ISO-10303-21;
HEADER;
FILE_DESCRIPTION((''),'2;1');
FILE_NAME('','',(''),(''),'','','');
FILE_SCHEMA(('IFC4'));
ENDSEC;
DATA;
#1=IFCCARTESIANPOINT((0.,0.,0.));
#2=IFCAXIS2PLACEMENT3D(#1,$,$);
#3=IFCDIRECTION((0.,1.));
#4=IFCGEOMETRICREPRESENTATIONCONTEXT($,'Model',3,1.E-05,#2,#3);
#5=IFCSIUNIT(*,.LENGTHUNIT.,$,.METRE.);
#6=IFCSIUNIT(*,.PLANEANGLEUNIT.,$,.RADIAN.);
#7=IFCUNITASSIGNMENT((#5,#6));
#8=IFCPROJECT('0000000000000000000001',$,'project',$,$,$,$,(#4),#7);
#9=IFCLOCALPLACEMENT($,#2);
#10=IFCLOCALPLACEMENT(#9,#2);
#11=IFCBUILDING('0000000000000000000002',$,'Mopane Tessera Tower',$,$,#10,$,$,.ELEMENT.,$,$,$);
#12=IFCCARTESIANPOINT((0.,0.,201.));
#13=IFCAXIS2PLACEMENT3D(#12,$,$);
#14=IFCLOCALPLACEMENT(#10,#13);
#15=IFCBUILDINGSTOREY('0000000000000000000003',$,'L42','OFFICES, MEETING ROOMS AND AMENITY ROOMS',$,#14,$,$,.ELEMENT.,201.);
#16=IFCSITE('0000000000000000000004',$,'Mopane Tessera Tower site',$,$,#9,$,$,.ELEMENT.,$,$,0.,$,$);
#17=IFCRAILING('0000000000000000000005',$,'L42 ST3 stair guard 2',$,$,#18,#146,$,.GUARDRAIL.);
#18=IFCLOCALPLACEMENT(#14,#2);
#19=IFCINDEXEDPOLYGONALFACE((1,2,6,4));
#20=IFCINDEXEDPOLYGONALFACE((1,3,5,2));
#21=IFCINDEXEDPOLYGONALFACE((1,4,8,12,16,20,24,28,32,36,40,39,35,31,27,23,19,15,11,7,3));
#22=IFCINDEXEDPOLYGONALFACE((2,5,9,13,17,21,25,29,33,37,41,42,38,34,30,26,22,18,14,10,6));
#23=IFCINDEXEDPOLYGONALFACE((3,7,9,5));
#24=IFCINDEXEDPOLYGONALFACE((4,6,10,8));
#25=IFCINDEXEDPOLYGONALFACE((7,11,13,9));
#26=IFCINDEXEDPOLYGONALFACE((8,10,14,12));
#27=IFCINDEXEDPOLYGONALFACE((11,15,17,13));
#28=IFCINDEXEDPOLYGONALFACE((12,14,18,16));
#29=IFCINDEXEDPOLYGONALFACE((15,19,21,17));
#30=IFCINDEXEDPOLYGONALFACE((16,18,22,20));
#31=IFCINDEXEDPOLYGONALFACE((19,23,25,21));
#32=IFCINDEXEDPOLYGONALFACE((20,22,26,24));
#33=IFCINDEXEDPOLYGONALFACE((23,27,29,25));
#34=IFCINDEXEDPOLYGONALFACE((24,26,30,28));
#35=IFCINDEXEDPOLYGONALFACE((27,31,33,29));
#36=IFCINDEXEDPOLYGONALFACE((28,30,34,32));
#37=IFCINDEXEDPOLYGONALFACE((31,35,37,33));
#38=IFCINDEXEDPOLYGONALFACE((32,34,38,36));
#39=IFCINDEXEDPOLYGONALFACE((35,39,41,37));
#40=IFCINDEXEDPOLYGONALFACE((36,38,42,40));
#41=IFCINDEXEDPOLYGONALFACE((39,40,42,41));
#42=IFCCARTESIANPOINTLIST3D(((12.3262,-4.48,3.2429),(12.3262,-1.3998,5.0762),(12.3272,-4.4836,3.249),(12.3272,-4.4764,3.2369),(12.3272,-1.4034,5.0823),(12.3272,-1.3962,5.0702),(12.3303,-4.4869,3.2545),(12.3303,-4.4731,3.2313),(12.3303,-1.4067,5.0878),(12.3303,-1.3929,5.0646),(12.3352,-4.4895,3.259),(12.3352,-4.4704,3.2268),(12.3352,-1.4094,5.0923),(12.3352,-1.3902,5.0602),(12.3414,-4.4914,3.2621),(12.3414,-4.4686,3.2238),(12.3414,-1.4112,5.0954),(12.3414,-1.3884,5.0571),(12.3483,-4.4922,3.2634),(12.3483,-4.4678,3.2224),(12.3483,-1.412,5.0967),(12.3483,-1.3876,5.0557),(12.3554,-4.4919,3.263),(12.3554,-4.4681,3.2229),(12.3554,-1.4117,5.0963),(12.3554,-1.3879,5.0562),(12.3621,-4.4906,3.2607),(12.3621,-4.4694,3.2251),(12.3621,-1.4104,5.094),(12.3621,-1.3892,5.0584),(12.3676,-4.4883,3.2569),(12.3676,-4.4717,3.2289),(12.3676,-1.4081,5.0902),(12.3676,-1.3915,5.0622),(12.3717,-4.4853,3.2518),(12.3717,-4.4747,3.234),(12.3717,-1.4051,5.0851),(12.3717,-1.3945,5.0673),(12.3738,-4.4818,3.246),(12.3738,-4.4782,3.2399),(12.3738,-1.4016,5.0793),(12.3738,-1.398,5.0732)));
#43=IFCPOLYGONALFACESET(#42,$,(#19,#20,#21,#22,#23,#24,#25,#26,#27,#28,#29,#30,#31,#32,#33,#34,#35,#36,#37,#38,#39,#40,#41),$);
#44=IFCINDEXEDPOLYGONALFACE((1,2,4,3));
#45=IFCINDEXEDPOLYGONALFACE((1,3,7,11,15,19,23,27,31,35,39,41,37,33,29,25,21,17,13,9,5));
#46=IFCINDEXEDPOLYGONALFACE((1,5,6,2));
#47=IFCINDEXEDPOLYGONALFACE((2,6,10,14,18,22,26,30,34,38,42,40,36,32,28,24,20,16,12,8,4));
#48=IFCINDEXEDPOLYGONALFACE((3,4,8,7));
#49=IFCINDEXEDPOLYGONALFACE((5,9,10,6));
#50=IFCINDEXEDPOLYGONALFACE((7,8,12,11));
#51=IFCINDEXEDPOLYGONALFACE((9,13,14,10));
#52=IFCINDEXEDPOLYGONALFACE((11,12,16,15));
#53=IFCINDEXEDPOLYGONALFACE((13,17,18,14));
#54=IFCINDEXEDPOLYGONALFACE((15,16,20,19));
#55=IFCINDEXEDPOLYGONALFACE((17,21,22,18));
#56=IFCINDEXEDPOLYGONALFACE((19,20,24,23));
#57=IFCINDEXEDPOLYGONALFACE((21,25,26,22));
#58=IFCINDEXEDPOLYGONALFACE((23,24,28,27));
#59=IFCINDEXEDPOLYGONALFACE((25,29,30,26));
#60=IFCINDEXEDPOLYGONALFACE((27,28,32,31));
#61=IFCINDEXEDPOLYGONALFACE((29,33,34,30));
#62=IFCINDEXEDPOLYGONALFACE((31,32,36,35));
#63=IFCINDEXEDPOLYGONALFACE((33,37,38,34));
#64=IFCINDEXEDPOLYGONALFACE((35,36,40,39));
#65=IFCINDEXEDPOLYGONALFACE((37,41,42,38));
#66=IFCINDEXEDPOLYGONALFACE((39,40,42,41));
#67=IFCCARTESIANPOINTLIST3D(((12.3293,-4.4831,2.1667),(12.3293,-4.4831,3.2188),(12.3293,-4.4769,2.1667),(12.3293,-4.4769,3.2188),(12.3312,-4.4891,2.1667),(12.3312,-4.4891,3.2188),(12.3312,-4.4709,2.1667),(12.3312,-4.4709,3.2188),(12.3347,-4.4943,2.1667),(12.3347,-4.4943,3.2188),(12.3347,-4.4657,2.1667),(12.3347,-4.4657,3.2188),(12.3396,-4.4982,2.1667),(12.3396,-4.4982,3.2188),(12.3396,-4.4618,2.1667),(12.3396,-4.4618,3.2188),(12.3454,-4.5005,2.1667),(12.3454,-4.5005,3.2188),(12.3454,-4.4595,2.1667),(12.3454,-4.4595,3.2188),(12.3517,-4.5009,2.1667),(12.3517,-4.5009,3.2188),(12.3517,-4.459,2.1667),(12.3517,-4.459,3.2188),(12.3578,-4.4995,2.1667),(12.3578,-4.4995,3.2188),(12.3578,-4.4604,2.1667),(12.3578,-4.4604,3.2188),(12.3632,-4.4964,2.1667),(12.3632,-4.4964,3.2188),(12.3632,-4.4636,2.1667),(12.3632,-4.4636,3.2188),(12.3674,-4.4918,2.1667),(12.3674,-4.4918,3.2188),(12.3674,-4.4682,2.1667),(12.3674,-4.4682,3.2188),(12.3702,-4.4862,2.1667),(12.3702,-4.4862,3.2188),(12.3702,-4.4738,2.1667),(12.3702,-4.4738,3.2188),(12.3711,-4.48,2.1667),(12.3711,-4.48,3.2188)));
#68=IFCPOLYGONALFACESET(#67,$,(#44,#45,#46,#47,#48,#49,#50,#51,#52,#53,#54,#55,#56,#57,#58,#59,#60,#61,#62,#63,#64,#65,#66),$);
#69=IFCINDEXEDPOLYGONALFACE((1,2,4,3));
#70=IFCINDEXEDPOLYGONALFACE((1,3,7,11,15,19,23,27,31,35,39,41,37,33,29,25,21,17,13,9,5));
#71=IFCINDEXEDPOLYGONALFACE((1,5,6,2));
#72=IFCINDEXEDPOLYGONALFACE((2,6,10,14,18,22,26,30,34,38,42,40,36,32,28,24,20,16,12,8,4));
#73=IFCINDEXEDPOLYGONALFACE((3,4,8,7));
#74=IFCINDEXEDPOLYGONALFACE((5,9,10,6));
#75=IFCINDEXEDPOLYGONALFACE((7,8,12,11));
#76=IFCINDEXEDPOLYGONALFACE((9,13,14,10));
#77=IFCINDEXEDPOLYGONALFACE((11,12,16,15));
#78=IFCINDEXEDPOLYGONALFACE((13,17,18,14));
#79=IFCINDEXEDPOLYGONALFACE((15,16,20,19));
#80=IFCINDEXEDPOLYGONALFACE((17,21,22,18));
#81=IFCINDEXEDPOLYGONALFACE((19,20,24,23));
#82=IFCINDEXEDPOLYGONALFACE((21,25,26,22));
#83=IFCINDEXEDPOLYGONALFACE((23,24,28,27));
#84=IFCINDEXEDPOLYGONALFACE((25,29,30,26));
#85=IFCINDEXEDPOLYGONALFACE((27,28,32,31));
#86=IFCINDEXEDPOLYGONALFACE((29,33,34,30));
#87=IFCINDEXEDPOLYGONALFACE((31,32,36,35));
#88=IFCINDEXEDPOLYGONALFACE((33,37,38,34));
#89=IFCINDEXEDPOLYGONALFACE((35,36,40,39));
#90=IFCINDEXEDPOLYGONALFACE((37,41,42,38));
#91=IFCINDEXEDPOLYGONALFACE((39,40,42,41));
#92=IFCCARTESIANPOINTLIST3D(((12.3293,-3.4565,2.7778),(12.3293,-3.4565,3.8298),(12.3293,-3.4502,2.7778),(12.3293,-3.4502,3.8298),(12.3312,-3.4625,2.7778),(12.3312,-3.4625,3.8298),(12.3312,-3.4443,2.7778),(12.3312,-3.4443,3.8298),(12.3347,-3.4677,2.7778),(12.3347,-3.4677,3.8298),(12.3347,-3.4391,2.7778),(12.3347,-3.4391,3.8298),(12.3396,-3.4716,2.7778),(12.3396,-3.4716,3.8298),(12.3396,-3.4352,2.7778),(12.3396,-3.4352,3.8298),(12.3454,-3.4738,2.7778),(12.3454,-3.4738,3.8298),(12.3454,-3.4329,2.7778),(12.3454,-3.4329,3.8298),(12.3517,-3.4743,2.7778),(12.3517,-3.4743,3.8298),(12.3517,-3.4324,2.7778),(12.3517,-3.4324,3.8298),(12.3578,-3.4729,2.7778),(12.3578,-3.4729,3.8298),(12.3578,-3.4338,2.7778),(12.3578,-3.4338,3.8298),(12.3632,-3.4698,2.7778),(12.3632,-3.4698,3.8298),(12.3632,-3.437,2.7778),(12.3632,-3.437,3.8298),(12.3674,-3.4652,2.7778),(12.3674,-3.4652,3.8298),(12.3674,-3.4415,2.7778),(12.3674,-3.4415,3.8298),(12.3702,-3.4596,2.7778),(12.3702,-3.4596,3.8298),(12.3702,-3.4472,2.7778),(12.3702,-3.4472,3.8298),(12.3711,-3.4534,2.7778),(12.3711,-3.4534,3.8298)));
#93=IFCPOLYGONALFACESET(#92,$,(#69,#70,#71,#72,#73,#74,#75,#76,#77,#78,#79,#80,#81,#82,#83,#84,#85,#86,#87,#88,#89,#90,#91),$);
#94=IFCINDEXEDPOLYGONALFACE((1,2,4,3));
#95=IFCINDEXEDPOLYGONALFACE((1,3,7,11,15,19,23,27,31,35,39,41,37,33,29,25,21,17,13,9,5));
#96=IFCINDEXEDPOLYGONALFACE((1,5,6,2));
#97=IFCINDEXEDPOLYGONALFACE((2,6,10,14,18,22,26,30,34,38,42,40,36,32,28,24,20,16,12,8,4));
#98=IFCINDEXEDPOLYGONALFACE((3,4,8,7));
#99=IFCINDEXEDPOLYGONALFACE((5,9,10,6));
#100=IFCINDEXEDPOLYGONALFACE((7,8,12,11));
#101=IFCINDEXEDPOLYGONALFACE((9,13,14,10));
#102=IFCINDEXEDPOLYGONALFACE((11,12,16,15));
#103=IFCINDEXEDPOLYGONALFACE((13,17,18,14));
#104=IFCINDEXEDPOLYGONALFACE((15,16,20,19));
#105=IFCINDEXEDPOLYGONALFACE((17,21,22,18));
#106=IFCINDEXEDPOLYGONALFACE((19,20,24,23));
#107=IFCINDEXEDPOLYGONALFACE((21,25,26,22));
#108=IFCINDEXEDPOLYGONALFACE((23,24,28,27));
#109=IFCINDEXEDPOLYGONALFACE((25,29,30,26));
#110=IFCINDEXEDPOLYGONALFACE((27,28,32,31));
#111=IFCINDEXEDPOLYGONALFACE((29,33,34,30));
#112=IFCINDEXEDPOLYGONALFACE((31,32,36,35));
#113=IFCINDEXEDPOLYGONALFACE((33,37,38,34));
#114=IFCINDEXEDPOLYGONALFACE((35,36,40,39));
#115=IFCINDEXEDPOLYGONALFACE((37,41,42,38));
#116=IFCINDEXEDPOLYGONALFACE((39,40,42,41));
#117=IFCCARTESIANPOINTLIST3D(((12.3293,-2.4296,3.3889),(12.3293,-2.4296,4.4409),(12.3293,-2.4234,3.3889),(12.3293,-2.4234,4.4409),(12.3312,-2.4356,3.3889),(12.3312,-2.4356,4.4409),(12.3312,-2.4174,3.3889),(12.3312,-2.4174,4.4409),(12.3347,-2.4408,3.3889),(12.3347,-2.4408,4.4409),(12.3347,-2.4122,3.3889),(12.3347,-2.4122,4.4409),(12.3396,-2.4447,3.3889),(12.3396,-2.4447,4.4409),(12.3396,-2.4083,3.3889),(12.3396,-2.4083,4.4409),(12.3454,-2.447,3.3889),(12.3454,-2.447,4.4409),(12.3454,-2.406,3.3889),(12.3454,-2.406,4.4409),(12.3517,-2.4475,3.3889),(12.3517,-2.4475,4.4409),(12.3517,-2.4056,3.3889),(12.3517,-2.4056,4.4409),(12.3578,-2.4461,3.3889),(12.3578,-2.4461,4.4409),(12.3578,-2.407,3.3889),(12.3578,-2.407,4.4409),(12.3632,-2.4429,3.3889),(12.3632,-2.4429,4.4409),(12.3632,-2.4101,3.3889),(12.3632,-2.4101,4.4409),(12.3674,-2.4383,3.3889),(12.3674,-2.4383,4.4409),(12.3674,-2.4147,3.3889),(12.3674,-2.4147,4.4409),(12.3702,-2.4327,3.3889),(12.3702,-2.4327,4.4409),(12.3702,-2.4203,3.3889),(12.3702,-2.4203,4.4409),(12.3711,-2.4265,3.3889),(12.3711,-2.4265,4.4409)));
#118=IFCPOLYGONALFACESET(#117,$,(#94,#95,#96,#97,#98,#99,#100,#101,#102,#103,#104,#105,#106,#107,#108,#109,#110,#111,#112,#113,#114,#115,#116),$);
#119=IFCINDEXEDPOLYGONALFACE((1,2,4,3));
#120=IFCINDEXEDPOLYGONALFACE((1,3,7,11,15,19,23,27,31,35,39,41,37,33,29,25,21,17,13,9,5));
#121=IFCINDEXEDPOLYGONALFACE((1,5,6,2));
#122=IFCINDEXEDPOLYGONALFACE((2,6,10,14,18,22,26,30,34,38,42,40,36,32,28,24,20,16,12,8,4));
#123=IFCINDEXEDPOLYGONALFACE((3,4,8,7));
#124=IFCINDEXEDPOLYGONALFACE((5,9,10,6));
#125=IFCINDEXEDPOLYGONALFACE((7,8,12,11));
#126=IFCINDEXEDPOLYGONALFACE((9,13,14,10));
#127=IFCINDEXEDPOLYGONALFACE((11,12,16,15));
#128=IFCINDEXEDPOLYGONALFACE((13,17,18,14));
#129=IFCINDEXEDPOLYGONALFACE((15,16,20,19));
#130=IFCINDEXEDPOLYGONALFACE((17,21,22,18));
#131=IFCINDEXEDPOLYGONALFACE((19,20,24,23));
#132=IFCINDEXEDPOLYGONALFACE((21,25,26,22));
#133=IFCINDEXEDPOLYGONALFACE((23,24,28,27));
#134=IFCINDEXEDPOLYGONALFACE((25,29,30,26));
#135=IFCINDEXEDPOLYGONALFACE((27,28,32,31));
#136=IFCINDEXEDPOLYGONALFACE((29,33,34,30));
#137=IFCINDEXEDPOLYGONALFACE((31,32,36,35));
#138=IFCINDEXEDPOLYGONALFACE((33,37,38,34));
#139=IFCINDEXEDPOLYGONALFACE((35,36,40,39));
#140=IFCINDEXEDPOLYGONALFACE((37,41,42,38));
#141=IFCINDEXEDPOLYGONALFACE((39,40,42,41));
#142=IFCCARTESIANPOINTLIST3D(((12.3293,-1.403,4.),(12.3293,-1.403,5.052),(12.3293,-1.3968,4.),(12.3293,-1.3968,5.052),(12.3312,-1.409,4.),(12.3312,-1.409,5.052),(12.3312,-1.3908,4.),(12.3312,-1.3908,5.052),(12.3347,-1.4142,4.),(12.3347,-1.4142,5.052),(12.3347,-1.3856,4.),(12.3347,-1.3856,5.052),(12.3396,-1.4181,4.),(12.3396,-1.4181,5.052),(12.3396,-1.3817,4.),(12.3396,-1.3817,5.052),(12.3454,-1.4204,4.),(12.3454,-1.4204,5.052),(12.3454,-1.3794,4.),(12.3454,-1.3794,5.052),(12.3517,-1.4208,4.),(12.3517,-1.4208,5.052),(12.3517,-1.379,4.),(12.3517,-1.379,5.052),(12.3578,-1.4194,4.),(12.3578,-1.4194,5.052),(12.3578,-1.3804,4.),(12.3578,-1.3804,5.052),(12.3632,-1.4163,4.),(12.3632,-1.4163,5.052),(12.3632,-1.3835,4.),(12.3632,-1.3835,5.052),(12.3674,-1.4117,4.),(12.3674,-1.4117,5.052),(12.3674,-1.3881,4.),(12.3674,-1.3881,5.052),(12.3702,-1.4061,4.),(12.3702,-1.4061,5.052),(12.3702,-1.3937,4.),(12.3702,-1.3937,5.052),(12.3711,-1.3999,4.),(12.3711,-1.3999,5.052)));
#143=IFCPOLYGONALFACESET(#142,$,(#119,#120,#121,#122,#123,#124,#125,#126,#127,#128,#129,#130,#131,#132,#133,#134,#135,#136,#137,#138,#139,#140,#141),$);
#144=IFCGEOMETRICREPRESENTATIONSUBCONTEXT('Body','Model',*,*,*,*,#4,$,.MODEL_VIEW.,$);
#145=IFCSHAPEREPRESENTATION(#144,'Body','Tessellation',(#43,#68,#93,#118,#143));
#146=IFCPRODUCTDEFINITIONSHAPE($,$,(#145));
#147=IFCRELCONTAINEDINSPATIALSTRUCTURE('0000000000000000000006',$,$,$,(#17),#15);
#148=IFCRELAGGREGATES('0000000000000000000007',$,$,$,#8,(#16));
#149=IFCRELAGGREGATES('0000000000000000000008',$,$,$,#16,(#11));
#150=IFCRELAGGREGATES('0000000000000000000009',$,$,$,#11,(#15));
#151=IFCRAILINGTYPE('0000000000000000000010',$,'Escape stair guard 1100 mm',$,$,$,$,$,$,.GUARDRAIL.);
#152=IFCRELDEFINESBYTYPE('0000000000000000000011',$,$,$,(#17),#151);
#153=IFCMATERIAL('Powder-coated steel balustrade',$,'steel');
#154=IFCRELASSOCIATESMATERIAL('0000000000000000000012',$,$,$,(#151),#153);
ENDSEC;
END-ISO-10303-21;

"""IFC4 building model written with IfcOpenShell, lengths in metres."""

from ifc_helpers import new_model, si_unit, direction, frame, origin, origin_2d, place, context, subcontext, project, spatial, circle, extrude, material, type_object, element, save


model = new_model("IFC4")

# Units and contexts
model_context = context("Model", 3, precision=1e-05, world=origin(), true_north=direction((0.0, 1.0)))
body_context = subcontext(model_context, "Body", "Model", "MODEL_VIEW")
ifc_project = project(units=[si_unit("LENGTHUNIT", "METRE"), si_unit("PLANEANGLEUNIT", "RADIAN")], contexts=[model_context])

# Site, building, storey
site_placement = place(None, origin())
site = spatial("IfcSite", under=ifc_project, at=site_placement, Name="Mopane Tessera Tower site", CompositionType="ELEMENT", RefElevation=0.0)
building_placement = place(site_placement, origin())
building = spatial("IfcBuilding", under=site, at=building_placement, Name="Mopane Tessera Tower", CompositionType="ELEMENT")
storey_placement = place(building_placement, frame((0.0, 0.0, 201.0)))
storey = spatial("IfcBuildingStorey", under=building, at=storey_placement, Name="L42", Description="OFFICES, MEETING ROOMS AND AMENITY ROOMS", CompositionType="ELEMENT", Elevation=201.0)

# Railing
ifc_material_1 = material(Name="Powder-coated steel balustrade", Category="steel")
railing_type_1 = type_object("IfcRailingType", Name="Escape stair guard 1100 mm", PredefinedType="GUARDRAIL", material=ifc_material_1)
railing_1_placement = place(storey_placement, frame((12.3501, -4.48, 2.1667)))
element("IfcRailing", 1, at=railing_1_placement, inside=storey, type_object=railing_type_1, Name="L42 ST3 stair guard 2", PredefinedType="GUARDRAIL", context=body_context, shape_type="SweptSolid", body=[
    extrude(circle(Radius=0.0239, at=origin_2d()), frame((0.0, 0.0, 1.0762), z_axis=(0.0, 0.859309, 0.511458), x_axis=(-1.0, 0.0, 0.0)), (0.0, 0.0, 1.0), 3.5845),
    extrude(circle(Radius=0.021, at=origin_2d()), origin(), (0.0, 0.0, 1.0), 1.052),
    extrude(circle(Radius=0.021, at=origin_2d()), frame((0.0, 1.0266, 0.6111)), (0.0, 0.0, 1.0), 1.052),
    extrude(circle(Radius=0.021, at=origin_2d()), frame((0.0, 2.0535, 1.2222)), (0.0, 0.0, 1.0), 1.052),
    extrude(circle(Radius=0.021, at=origin_2d()), frame((0.0, 3.0801, 1.8333)), (0.0, 0.0, 1.0), 1.052),
])

save(model, "model.ifc")
